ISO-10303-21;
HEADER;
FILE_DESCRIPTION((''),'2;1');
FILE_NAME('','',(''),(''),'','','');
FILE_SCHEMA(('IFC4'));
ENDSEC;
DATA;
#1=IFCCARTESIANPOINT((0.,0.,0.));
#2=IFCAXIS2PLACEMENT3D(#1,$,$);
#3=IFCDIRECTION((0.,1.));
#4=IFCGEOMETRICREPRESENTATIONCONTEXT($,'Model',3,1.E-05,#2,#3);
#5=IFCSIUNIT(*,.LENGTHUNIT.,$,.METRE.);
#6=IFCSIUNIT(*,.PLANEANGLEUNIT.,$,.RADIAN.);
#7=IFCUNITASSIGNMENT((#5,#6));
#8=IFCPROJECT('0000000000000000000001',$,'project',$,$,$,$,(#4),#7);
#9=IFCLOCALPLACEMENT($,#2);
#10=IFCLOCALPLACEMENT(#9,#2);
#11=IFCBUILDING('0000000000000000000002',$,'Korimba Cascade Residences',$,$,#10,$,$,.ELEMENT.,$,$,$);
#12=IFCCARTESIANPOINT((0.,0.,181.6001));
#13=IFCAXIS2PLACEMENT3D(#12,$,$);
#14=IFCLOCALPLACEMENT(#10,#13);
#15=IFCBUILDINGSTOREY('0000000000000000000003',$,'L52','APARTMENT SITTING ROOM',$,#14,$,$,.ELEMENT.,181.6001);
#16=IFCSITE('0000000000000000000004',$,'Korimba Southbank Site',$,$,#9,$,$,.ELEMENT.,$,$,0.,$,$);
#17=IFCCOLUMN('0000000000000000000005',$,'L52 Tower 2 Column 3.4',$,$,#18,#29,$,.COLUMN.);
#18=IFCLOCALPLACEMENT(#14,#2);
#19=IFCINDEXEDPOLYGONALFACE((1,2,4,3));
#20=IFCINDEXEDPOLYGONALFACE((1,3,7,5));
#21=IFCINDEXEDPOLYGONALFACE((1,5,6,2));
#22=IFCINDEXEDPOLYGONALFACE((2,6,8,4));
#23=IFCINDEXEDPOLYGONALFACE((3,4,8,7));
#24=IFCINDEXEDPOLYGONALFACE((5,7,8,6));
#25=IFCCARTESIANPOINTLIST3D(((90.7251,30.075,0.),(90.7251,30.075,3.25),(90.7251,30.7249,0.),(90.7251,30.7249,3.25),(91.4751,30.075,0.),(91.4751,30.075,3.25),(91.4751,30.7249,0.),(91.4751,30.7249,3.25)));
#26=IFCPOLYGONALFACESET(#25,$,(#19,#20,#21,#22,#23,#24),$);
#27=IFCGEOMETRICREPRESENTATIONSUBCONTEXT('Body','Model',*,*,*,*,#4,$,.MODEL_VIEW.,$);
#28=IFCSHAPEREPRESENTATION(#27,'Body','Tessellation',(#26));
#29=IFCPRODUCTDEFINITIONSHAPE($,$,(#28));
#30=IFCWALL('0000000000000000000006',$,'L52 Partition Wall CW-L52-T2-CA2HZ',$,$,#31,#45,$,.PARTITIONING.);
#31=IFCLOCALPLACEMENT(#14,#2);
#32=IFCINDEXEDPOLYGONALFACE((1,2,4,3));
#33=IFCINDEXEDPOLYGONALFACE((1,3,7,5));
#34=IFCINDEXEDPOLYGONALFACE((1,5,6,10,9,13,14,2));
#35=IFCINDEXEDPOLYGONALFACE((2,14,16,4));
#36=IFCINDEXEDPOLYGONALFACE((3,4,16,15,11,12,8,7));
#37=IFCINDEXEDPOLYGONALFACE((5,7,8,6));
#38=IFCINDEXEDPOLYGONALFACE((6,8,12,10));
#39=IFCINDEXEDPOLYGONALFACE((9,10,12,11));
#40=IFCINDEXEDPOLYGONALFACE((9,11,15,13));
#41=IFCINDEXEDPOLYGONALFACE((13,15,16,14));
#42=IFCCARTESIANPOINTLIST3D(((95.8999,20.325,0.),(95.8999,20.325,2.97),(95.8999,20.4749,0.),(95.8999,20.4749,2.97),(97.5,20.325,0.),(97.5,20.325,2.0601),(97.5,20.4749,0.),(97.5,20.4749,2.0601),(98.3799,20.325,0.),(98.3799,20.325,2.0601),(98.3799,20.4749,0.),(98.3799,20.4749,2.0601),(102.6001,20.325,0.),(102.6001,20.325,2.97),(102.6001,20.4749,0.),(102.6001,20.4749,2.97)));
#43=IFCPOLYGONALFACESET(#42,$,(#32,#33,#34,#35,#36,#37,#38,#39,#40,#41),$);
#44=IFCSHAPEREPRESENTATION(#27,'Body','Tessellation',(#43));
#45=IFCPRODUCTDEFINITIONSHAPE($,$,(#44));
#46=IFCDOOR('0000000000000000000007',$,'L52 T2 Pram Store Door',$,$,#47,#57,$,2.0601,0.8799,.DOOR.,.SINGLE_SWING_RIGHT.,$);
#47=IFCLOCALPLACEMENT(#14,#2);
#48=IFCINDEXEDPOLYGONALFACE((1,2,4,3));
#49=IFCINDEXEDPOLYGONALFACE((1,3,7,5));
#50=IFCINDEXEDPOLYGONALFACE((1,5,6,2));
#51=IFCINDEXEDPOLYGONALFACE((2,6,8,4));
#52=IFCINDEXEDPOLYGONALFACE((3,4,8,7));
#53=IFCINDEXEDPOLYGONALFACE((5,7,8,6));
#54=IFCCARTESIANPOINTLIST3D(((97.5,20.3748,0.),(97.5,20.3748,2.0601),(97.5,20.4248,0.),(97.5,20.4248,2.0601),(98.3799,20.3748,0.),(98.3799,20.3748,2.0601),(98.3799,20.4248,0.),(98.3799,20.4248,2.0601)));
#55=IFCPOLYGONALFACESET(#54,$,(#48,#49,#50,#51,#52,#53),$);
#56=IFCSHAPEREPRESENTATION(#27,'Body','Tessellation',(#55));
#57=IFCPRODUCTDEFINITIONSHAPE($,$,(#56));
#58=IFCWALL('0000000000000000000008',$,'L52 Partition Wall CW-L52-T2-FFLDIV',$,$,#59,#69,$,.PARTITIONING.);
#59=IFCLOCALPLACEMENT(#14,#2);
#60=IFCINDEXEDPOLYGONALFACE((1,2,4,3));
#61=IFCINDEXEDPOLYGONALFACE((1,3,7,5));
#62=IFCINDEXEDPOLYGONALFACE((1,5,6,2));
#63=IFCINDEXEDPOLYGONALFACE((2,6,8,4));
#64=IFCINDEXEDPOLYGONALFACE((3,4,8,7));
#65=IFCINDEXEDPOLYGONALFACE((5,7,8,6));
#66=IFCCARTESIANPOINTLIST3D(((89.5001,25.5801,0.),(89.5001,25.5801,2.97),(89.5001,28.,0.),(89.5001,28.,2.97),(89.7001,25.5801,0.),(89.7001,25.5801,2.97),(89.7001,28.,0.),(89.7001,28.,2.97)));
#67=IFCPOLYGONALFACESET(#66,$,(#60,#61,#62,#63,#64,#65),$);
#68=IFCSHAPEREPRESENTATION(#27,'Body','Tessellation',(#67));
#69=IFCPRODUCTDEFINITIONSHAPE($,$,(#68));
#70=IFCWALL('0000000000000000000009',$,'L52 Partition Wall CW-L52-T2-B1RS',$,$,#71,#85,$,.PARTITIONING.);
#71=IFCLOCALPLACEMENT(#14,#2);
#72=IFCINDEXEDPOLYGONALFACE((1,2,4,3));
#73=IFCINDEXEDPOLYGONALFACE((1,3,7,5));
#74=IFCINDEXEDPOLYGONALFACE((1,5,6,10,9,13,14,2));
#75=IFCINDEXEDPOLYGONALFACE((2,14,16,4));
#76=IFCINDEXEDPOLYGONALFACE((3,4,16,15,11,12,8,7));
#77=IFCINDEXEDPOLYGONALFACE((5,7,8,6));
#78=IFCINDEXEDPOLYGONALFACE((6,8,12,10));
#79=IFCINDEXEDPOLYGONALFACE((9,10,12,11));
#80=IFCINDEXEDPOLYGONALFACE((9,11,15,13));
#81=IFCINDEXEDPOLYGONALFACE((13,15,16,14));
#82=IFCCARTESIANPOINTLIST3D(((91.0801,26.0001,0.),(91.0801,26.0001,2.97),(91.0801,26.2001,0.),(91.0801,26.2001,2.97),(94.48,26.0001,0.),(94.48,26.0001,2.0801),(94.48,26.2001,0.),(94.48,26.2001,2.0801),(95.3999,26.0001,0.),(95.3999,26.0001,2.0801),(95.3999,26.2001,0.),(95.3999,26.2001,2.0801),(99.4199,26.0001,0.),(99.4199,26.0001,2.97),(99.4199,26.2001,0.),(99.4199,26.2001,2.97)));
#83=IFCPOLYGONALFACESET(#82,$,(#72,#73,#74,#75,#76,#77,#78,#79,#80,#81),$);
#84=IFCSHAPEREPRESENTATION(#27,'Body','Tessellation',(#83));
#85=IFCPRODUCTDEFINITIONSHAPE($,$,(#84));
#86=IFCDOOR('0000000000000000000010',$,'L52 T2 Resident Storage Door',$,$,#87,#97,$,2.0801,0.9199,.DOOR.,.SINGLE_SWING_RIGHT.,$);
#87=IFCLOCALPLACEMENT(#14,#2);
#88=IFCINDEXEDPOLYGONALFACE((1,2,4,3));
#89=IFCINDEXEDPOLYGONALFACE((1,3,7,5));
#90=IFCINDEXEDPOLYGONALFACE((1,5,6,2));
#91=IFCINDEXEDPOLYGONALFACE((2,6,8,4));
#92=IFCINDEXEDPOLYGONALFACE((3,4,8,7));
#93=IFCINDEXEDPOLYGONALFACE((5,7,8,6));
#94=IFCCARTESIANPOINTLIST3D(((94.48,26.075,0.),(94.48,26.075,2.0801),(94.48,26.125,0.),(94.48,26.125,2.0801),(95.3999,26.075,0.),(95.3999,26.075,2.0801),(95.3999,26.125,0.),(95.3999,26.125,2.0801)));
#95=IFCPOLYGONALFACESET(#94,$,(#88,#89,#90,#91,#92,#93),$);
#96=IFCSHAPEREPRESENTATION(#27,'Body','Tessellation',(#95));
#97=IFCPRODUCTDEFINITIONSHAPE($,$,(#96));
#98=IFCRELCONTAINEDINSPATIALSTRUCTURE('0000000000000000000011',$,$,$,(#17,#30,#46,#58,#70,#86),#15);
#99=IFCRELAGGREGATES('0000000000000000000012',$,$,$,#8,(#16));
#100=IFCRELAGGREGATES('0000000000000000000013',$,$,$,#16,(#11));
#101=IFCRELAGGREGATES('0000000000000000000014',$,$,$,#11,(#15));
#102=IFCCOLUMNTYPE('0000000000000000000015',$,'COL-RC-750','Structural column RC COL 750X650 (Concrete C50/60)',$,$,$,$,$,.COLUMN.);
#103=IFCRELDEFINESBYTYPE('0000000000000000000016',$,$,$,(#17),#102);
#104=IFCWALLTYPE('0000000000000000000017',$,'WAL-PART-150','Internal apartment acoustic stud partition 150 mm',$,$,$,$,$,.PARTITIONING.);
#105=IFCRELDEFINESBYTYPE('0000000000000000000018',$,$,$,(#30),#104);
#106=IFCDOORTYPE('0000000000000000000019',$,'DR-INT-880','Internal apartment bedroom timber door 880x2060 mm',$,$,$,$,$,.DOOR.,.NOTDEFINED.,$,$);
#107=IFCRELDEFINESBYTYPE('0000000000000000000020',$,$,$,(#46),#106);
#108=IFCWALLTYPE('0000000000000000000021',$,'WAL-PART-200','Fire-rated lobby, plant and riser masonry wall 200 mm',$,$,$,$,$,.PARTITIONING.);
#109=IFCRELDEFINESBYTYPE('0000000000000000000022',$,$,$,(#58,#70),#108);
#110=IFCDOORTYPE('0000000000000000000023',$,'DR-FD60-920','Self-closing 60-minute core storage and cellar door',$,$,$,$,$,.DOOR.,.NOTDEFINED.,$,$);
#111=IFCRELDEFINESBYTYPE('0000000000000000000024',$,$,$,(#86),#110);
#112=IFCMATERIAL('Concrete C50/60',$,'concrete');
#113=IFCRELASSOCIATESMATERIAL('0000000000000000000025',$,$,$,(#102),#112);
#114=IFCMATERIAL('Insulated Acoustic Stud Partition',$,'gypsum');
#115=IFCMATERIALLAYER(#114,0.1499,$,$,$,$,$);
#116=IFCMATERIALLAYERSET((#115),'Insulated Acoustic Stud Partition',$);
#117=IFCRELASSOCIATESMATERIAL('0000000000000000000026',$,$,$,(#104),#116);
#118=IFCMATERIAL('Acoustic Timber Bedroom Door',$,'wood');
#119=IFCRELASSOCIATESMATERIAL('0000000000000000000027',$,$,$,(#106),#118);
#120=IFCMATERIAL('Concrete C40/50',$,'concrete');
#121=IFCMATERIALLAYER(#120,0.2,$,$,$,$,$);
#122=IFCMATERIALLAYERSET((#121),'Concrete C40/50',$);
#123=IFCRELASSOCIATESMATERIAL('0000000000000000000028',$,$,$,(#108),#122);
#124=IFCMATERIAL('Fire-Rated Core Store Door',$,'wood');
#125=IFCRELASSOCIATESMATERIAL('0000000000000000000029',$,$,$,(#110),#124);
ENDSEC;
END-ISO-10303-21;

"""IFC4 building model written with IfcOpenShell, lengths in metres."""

from ifc_helpers import new_model, si_unit, direction, frame, frame_2d, origin, origin_2d, place, context, subcontext, project, spatial, rectangle, extrude, material, layer, layer_set, material_profile, profile_set, type_object, element, fill, save


model = new_model("IFC4")

# Units and contexts
model_context = context("Model", 3, precision=1e-05, world=origin(), true_north=direction((0.0, 1.0)))
body_context = subcontext(model_context, "Body", "Model", "MODEL_VIEW")
ifc_project = project(units=[si_unit("LENGTHUNIT", "METRE"), si_unit("PLANEANGLEUNIT", "RADIAN")], contexts=[model_context])

# Site, building, storey
site_placement = place(None, origin())
site = spatial("IfcSite", under=ifc_project, at=site_placement, Name="Korimba Southbank Site", CompositionType="ELEMENT", RefElevation=0.0)
building_placement = place(site_placement, origin())
building = spatial("IfcBuilding", under=site, at=building_placement, Name="Korimba Cascade Residences", CompositionType="ELEMENT")
storey_placement = place(building_placement, frame((0.0, 0.0, 181.6001)))
storey = spatial("IfcBuildingStorey", under=building, at=storey_placement, Name="L52", Description="APARTMENT SITTING ROOM", CompositionType="ELEMENT", Elevation=181.6001)

# Column
ifc_material_1 = material(Name="Concrete C50/60", Category="concrete")
ifc_material_profile = material_profile(ifc_material_1, rectangle(XDim=0.75, YDim=0.6499, at=origin_2d()), Name="Concrete C50/60")
ifc_profile_set = profile_set([ifc_material_profile], Name="Concrete C50/60")
column_type = type_object("IfcColumnType", Name="COL-RC-750", Description="Structural column RC COL 750X650 (Concrete C50/60)", PredefinedType="COLUMN", material=ifc_profile_set)
column_placement = place(storey_placement, frame((91.1001, 30.3999, 0.0), z_axis=(0.0, 0.0, 1.0), x_axis=(1.0, 0.0, 0.0)))
element("IfcColumn", 1, at=column_placement, inside=storey, type_object=column_type, Name="L52 Tower 2 Column 3.4", PredefinedType="COLUMN", context=body_context, shape_type="SweptSolid", body=[
    extrude(rectangle(XDim=0.75, YDim=0.6499, at=origin_2d()), origin(), (0.0, 0.0, 1.0), 3.25),
])

# Wall, opening, door
ifc_material_2 = material(Name="Insulated Acoustic Stud Partition", Category="gypsum")
ifc_layer_1 = layer(ifc_material_2, 0.1499)
ifc_layer_set_1 = layer_set([ifc_layer_1], Name="Insulated Acoustic Stud Partition")
wall_type_1 = type_object("IfcWallType", Name="WAL-PART-150", Description="Internal apartment acoustic stud partition 150 mm", PredefinedType="PARTITIONING", material=ifc_layer_set_1)
wall_1_placement = place(storey_placement, frame((95.8999, 20.3999, 0.0), z_axis=(0.0, 0.0, 1.0), x_axis=(1.0, 0.0, 0.0)))
wall_1 = element("IfcWall", 2, at=wall_1_placement, inside=storey, type_object=wall_type_1, Name="L52 Partition Wall CW-L52-T2-CA2HZ", PredefinedType="PARTITIONING", context=body_context, shape_type="SweptSolid", body=[
    extrude(rectangle(XDim=6.7002, YDim=0.1499, at=frame_2d((3.3501, 0.0))), origin(), (0.0, 0.0, 1.0), 2.97),
])
opening_1_placement = place(wall_1_placement, frame((1.6001, 0.0, 0.0)))
opening_1 = element("IfcOpeningElement", 3, at=opening_1_placement, cuts=wall_1, PredefinedType="OPENING", context=body_context, shape_type="SweptSolid", body=[
    extrude(rectangle(XDim=0.8799, YDim=2.0601, at=frame_2d((0.4399, 1.03))), frame((0.0, 0.085, 0.0), z_axis=(0.0, -1.0, 0.0), x_axis=(1.0, 0.0, 0.0)), (0.0, 0.0, 1.0), 0.1699),
])
ifc_material_3 = material(Name="Acoustic Timber Bedroom Door", Category="wood")
door_type_1 = type_object("IfcDoorType", Name="DR-INT-880", Description="Internal apartment bedroom timber door 880x2060 mm", OperationType="NOTDEFINED", PredefinedType="DOOR", material=ifc_material_3)
door_1_placement = place(opening_1_placement, origin())
door_1 = element("IfcDoor", 4, at=door_1_placement, inside=storey, type_object=door_type_1, Name="L52 T2 Pram Store Door", OperationType="SINGLE_SWING_RIGHT", OverallHeight=2.0601, OverallWidth=0.8799, PredefinedType="DOOR", context=body_context, shape_type="SweptSolid", body=[
    extrude(rectangle(XDim=0.8799, YDim=2.0601, at=frame_2d((0.4399, 1.03))), frame((0.0, 0.0249, 0.0), z_axis=(0.0, -1.0, 0.0), x_axis=(1.0, 0.0, 0.0)), (0.0, 0.0, 1.0), 0.05),
])
fill(opening_1, door_1)

# Wall
ifc_material_4 = material(Name="Concrete C40/50", Category="concrete")
ifc_layer_2 = layer(ifc_material_4, 0.2)
ifc_layer_set_2 = layer_set([ifc_layer_2], Name="Concrete C40/50")
wall_type_2 = type_object("IfcWallType", Name="WAL-PART-200", Description="Fire-rated lobby, plant and riser masonry wall 200 mm", PredefinedType="PARTITIONING", material=ifc_layer_set_2)
wall_2_placement = place(storey_placement, frame((89.6001, 25.5801, 0.0), z_axis=(0.0, 0.0, 1.0), x_axis=(0.0, 1.0, 0.0)))
element("IfcWall", 5, at=wall_2_placement, inside=storey, type_object=wall_type_2, Name="L52 Partition Wall CW-L52-T2-FFLDIV", PredefinedType="PARTITIONING", context=body_context, shape_type="SweptSolid", body=[
    extrude(rectangle(XDim=2.4199, YDim=0.2, at=frame_2d((1.21, 0.0))), origin(), (0.0, 0.0, 1.0), 2.97),
])

# Wall, opening, door
wall_3_placement = place(storey_placement, frame((91.0801, 26.1001, 0.0), z_axis=(0.0, 0.0, 1.0), x_axis=(1.0, 0.0, 0.0)))
wall_3 = element("IfcWall", 6, at=wall_3_placement, inside=storey, type_object=wall_type_2, Name="L52 Partition Wall CW-L52-T2-B1RS", PredefinedType="PARTITIONING", context=body_context, shape_type="SweptSolid", body=[
    extrude(rectangle(XDim=8.3398, YDim=0.2, at=frame_2d((4.1699, 0.0))), origin(), (0.0, 0.0, 1.0), 2.97),
])
opening_2_placement = place(wall_3_placement, frame((3.3999, 0.0, 0.0)))
opening_2 = element("IfcOpeningElement", 7, at=opening_2_placement, cuts=wall_3, PredefinedType="OPENING", context=body_context, shape_type="SweptSolid", body=[
    extrude(rectangle(XDim=0.9199, YDim=2.0801, at=frame_2d((0.46, 1.04))), frame((0.0, 0.1099, 0.0), z_axis=(0.0, -1.0, 0.0), x_axis=(1.0, 0.0, 0.0)), (0.0, 0.0, 1.0), 0.22),
])
ifc_material_5 = material(Name="Fire-Rated Core Store Door", Category="wood")
door_type_2 = type_object("IfcDoorType", Name="DR-FD60-920", Description="Self-closing 60-minute core storage and cellar door", OperationType="NOTDEFINED", PredefinedType="DOOR", material=ifc_material_5)
door_2_placement = place(opening_2_placement, origin())
door_2 = element("IfcDoor", 8, at=door_2_placement, inside=storey, type_object=door_type_2, Name="L52 T2 Resident Storage Door", OperationType="SINGLE_SWING_RIGHT", OverallHeight=2.0801, OverallWidth=0.9199, PredefinedType="DOOR", context=body_context, shape_type="SweptSolid", body=[
    extrude(rectangle(XDim=0.9199, YDim=2.0801, at=frame_2d((0.46, 1.04))), frame((0.0, 0.0249, 0.0), z_axis=(0.0, -1.0, 0.0), x_axis=(1.0, 0.0, 0.0)), (0.0, 0.0, 1.0), 0.05),
])
fill(opening_2, door_2)

save(model, "model.ifc")
